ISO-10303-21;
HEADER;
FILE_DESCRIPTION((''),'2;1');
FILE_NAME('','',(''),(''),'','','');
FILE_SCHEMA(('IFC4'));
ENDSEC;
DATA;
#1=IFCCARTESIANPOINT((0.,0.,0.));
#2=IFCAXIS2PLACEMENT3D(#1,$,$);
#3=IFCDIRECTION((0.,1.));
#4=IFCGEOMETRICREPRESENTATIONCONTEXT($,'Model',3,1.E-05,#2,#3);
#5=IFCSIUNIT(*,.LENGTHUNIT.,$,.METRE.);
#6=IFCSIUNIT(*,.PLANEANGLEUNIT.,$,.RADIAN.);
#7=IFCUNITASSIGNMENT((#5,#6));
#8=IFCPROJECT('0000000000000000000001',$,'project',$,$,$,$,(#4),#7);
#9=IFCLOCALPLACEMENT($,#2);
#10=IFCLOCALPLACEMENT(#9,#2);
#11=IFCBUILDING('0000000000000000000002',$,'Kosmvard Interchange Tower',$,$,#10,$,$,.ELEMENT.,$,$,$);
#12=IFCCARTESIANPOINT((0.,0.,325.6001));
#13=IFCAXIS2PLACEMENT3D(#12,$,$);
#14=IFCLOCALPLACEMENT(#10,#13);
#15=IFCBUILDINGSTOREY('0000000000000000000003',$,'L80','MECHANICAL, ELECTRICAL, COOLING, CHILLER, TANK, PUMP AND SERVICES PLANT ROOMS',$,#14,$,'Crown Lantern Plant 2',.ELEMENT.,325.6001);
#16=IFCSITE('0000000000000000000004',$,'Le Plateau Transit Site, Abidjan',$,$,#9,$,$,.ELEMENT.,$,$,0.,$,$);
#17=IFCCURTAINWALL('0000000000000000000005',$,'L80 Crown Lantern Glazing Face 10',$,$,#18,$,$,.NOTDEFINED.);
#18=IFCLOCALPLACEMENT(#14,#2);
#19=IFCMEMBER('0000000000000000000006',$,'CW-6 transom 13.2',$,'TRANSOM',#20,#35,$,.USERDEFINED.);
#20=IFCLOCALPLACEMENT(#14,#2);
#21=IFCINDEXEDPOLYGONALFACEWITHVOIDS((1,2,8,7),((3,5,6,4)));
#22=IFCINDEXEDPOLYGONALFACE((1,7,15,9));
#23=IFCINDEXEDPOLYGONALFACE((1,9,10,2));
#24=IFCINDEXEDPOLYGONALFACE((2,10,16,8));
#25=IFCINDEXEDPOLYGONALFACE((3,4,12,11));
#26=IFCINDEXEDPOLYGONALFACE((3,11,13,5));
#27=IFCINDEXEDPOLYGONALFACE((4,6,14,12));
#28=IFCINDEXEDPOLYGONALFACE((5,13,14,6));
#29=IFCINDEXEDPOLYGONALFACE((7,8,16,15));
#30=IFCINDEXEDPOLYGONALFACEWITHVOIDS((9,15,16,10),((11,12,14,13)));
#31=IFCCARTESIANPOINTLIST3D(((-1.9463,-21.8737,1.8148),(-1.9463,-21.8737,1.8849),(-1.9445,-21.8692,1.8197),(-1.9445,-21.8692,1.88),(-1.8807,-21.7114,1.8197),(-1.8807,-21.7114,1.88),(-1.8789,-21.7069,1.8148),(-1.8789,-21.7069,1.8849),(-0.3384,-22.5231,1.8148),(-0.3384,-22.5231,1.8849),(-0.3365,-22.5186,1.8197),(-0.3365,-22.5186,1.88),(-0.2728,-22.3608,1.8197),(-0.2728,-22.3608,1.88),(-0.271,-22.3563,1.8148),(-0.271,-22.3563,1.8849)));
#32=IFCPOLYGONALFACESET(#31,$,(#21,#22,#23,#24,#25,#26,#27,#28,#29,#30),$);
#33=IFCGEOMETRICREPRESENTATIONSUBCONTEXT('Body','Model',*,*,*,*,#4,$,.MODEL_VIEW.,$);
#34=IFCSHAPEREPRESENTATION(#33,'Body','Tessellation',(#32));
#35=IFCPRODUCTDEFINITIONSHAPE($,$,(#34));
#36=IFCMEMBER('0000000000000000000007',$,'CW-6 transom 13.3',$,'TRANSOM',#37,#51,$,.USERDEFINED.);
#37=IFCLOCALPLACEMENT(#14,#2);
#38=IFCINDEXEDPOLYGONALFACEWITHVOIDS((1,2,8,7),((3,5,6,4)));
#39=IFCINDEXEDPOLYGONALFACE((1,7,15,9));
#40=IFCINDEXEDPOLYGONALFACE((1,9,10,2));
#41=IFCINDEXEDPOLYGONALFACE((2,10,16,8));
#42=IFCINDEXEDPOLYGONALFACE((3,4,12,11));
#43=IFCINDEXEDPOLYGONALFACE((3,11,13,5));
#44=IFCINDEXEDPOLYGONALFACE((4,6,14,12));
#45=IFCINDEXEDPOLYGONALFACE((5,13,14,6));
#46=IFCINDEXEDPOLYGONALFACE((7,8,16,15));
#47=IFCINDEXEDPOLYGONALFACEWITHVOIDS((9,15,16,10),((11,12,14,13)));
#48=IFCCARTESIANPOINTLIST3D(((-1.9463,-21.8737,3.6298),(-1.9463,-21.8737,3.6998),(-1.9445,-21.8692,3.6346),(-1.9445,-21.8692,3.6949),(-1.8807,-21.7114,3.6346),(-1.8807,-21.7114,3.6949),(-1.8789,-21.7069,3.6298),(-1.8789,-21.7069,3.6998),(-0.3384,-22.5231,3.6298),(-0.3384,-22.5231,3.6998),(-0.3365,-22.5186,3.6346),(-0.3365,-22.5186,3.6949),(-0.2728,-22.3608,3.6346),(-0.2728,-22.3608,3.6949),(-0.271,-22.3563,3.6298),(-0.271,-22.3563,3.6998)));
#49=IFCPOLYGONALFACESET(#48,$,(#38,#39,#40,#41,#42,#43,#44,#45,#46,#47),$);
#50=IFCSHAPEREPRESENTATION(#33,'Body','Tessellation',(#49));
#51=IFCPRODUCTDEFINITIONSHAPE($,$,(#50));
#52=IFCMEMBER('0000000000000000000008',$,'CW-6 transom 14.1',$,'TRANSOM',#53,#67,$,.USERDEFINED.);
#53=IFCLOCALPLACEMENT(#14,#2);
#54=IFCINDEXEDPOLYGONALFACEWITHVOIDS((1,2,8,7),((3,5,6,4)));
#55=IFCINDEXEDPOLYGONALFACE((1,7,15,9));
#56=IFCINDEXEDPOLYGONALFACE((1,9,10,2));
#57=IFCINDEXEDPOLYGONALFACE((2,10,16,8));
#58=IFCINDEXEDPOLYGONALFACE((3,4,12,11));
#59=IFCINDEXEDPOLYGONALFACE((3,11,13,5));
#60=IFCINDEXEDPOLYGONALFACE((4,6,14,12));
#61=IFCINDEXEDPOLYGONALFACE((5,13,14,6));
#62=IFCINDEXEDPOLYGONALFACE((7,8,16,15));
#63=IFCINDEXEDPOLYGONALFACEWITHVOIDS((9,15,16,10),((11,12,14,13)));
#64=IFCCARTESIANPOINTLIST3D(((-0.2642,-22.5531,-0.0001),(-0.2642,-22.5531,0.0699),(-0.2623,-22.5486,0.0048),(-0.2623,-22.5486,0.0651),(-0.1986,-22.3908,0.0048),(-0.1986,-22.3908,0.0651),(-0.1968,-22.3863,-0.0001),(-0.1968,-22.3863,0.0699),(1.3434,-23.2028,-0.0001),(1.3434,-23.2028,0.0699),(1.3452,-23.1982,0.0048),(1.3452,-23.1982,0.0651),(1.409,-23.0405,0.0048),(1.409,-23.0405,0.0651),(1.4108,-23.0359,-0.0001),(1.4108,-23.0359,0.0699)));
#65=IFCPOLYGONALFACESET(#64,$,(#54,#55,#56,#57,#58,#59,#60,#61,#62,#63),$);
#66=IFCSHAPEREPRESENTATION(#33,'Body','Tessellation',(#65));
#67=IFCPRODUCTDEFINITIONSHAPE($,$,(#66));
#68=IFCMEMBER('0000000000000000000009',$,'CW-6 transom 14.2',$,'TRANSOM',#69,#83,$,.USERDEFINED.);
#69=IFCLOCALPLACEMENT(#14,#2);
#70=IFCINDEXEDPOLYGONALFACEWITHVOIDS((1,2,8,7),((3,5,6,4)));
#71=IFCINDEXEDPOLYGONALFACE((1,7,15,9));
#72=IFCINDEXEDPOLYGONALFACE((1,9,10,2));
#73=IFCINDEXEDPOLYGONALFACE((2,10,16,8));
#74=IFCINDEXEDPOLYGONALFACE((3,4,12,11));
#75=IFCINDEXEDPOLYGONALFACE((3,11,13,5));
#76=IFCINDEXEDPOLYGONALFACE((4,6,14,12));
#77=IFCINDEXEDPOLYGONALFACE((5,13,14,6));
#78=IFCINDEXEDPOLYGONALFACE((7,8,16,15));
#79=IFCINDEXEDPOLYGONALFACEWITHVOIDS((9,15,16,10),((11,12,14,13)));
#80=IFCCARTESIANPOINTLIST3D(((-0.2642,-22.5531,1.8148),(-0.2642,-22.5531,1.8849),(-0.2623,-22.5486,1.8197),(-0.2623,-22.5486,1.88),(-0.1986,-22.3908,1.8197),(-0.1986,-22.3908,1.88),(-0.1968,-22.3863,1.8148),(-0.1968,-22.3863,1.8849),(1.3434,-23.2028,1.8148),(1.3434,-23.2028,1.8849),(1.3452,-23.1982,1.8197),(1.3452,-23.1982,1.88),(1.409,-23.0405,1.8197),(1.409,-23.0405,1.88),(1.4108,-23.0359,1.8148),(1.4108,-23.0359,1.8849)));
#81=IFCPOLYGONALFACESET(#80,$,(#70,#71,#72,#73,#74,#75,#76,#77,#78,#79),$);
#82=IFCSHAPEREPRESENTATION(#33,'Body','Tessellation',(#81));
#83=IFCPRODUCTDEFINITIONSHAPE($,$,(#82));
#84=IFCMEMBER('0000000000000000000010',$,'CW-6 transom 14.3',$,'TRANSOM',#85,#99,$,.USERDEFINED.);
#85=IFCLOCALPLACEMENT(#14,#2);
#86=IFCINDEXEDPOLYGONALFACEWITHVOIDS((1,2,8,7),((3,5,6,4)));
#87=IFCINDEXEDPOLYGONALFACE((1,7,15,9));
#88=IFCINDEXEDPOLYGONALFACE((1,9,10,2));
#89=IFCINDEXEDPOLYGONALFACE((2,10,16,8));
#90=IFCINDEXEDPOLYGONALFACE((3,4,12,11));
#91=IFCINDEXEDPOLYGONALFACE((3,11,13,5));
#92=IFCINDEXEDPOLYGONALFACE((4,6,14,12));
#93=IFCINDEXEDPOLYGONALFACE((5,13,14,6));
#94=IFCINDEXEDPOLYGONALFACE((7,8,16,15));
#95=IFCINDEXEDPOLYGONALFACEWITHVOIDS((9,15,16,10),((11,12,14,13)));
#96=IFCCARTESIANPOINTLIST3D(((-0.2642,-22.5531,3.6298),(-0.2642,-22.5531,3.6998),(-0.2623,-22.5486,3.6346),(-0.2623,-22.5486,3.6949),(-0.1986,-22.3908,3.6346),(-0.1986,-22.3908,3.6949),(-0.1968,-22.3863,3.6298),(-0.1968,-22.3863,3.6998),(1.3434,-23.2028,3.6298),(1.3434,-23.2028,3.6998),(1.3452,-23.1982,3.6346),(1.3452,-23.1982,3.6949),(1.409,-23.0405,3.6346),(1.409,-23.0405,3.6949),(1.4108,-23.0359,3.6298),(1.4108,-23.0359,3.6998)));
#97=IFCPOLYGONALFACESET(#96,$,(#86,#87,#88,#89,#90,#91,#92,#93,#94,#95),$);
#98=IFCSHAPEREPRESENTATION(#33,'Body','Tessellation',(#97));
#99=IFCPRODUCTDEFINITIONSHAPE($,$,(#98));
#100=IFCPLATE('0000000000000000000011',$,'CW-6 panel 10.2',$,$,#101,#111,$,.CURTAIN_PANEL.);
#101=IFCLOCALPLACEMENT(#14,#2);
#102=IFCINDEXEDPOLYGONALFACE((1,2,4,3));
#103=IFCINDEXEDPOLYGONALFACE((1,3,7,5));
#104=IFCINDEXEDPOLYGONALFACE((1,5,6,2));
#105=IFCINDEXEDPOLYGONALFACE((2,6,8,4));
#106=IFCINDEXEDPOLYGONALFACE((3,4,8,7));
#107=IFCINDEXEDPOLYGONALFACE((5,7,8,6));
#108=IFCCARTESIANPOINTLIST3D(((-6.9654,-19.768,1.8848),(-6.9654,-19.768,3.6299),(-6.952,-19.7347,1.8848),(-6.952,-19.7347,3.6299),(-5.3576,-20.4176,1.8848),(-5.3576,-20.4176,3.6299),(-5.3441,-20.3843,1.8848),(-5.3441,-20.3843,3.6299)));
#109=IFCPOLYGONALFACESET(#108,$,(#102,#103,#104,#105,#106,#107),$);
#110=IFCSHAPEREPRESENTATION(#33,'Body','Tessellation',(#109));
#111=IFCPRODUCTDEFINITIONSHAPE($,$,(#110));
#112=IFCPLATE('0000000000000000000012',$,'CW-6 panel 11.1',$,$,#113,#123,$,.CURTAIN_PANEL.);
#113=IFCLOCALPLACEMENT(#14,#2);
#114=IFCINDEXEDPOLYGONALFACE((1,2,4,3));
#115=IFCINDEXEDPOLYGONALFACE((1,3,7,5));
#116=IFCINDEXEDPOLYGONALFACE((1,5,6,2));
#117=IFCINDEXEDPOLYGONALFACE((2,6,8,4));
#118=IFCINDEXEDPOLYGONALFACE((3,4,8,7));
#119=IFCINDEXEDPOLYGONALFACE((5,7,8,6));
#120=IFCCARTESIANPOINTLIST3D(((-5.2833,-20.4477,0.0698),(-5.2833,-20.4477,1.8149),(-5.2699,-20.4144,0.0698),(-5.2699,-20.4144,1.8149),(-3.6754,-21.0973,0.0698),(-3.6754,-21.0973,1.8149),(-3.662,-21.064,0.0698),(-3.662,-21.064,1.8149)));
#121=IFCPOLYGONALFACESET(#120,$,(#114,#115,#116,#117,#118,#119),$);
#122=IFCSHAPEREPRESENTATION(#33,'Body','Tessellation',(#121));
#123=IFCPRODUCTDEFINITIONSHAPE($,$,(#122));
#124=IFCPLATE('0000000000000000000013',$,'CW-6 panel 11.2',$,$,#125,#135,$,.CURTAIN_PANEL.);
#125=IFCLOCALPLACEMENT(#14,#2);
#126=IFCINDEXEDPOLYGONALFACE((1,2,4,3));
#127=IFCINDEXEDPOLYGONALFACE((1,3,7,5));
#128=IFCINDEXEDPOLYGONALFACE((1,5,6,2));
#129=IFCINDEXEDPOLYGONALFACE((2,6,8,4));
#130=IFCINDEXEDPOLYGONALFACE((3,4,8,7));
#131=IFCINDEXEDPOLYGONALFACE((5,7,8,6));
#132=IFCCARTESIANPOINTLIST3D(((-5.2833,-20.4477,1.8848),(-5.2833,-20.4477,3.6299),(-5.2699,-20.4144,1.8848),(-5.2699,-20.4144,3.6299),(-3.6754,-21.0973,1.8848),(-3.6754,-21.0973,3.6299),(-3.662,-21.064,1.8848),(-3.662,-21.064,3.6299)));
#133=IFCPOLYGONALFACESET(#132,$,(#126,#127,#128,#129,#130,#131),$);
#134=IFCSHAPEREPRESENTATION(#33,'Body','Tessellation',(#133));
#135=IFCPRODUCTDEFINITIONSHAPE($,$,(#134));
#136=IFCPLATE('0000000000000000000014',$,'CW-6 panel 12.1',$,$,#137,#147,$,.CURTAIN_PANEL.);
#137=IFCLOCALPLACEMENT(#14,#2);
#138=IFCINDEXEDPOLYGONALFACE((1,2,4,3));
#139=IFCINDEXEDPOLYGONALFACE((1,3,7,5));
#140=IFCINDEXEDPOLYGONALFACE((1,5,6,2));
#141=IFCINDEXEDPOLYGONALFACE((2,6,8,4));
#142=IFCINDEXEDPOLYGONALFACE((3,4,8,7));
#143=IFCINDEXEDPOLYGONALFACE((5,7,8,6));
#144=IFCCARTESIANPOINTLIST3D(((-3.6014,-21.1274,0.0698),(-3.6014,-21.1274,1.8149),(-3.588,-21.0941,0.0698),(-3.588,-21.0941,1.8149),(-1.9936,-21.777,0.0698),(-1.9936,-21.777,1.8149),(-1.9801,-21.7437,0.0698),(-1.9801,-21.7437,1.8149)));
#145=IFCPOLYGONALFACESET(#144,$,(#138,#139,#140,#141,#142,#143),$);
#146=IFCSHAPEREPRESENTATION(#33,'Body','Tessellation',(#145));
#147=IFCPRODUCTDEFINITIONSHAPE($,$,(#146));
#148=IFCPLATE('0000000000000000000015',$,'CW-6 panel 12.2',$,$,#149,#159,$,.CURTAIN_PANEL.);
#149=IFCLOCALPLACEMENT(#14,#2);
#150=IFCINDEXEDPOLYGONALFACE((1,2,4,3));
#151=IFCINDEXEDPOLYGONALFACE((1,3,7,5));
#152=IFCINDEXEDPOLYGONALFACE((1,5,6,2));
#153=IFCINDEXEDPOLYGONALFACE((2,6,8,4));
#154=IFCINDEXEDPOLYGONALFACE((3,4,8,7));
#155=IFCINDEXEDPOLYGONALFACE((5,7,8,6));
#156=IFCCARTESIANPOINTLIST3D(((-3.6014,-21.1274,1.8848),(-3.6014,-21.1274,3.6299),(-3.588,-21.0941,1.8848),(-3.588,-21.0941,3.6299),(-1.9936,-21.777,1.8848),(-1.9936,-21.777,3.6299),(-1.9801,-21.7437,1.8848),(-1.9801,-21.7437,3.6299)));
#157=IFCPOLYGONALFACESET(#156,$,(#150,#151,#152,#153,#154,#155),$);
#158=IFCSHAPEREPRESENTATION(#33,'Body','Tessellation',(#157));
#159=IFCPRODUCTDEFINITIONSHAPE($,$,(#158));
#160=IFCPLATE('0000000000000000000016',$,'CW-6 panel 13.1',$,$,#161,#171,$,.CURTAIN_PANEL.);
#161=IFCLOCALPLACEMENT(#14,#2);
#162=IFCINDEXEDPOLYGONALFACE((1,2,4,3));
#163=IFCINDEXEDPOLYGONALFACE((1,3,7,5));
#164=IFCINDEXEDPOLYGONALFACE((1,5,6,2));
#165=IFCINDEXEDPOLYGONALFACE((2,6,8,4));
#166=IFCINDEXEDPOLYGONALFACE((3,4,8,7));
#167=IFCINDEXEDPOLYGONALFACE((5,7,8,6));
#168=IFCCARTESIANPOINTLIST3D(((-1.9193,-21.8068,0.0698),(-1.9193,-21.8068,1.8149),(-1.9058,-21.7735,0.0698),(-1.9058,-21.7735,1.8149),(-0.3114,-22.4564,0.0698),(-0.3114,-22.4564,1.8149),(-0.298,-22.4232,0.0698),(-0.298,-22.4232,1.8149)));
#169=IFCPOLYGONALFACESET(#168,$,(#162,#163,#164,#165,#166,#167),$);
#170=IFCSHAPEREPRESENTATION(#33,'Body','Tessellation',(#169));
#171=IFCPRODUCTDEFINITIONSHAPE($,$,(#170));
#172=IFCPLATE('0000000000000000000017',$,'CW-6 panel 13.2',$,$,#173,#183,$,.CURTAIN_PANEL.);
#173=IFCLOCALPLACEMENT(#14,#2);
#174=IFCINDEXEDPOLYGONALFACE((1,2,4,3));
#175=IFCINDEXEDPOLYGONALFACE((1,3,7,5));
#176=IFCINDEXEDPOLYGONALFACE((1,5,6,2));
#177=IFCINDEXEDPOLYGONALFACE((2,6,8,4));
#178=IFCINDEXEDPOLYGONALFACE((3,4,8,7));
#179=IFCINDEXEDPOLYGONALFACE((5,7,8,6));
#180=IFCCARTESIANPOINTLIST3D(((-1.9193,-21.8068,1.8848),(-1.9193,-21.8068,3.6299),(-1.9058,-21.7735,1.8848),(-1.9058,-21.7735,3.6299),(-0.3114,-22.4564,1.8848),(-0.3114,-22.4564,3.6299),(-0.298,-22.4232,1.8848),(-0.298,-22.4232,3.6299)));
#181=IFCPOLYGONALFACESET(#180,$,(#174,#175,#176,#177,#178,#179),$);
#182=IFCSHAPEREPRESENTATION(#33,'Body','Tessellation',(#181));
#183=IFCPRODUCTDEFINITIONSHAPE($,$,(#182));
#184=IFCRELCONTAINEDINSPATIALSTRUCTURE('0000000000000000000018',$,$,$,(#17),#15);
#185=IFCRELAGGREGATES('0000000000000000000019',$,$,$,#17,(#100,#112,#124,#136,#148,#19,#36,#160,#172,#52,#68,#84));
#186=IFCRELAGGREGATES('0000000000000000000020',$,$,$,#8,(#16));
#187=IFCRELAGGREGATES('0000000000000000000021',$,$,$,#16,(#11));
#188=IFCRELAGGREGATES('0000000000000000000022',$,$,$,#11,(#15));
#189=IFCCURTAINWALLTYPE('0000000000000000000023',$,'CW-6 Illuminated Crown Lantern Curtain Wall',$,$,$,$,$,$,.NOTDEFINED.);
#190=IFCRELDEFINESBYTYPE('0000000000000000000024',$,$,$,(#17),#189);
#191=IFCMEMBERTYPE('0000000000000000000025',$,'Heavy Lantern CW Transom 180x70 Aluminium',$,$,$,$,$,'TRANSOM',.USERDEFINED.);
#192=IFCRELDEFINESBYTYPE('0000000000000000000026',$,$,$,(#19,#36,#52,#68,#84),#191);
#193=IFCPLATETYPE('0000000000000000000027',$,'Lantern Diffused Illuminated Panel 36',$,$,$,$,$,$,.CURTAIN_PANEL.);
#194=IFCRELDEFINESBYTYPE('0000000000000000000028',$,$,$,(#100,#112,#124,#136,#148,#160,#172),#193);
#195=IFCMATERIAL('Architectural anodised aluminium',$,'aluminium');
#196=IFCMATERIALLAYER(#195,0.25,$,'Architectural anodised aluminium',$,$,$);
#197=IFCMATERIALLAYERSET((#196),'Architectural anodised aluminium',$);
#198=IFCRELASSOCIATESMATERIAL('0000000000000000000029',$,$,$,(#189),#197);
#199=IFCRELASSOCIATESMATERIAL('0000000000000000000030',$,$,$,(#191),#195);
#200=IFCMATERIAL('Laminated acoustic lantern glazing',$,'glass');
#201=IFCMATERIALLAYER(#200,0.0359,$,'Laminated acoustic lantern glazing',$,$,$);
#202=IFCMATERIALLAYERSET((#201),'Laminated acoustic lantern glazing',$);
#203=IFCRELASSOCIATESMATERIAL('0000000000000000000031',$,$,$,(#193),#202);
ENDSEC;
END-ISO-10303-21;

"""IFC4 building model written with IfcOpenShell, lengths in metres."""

from ifc_helpers import new_model, si_unit, direction, frame, origin, origin_2d, place, context, subcontext, project, spatial, rectangle, hollow_rectangle, extrude, source, transform, mapped, material, layer, layer_set, material_profile, profile_set, type_object, element, aggregate, save


model = new_model("IFC4")

# Units and contexts
model_context = context("Model", 3, precision=1e-05, world=origin(), true_north=direction((0.0, 1.0)))
body_context = subcontext(model_context, "Body", "Model", "MODEL_VIEW")
ifc_project = project(units=[si_unit("LENGTHUNIT", "METRE"), si_unit("PLANEANGLEUNIT", "RADIAN")], contexts=[model_context])

# Site, building, storey
site_placement = place(None, origin())
site = spatial("IfcSite", under=ifc_project, at=site_placement, Name="Le Plateau Transit Site, Abidjan", CompositionType="ELEMENT", RefElevation=0.0)
building_placement = place(site_placement, origin())
building = spatial("IfcBuilding", under=site, at=building_placement, Name="Kosmvard Interchange Tower", CompositionType="ELEMENT")
storey_placement = place(building_placement, frame((0.0, 0.0, 325.6001)))
storey = spatial("IfcBuildingStorey", under=building, at=storey_placement, Name="L80", Description="MECHANICAL, ELECTRICAL, COOLING, CHILLER, TANK, PUMP AND SERVICES PLANT ROOMS", LongName="Crown Lantern Plant 2", CompositionType="ELEMENT", Elevation=325.6001)

# Curtain wall, members, plates
ifc_material_1 = material(Name="Architectural anodised aluminium", Category="aluminium")
ifc_layer_1 = layer(ifc_material_1, 0.25, Name="Architectural anodised aluminium")
ifc_layer_set_1 = layer_set([ifc_layer_1], Name="Architectural anodised aluminium")
curtain_wall_type = type_object("IfcCurtainWallType", Name="CW-6 Illuminated Crown Lantern Curtain Wall", PredefinedType="NOTDEFINED", material=ifc_layer_set_1)
curtain_wall_placement = place(storey_placement, origin())
curtain_wall = element("IfcCurtainWall", 1, at=curtain_wall_placement, inside=storey, type_object=curtain_wall_type, Name="L80 Crown Lantern Glazing Face 10", PredefinedType="NOTDEFINED")
ifc_material_profile_1 = material_profile(ifc_material_1, hollow_rectangle(XDim=0.1799, YDim=0.0701, WallThickness=0.0049, at=origin_2d()), Name="CWT 180x70x5")
ifc_profile_set_1 = profile_set([ifc_material_profile_1], Name="Architectural anodised aluminium")
member_type_1 = type_object("IfcMemberType", Name="Heavy Lantern CW Transom 180x70 Aluminium", ElementType="TRANSOM", PredefinedType="USERDEFINED", material=ifc_profile_set_1)
shared_shape_1 = source(origin(), body_context, "Body", "SweptSolid", [
    extrude(hollow_rectangle(XDim=0.1799, YDim=0.0701, WallThickness=0.0049, at=origin_2d()), origin(), (0.0, 0.0, 1.0), 1.7341),
])
member_1_placement = place(storey_placement, frame((-1.9126, -21.7903, 1.8499), z_axis=(0.927229, -0.374496, 0.0), x_axis=(0.374496, 0.927229, 0.0)))
member_1 = element("IfcMember", 2, at=member_1_placement, type_object=member_type_1, Name="CW-6 transom 13.2", ObjectType="TRANSOM", PredefinedType="USERDEFINED", context=body_context, shape_type="MappedRepresentation", body=[
    mapped(shared_shape_1, transform((0.0, 0.0, 0.0), scale=1.0)),
])
member_2_placement = place(storey_placement, frame((-1.9126, -21.7903, 3.6648), z_axis=(0.927229, -0.374496, 0.0), x_axis=(0.374496, 0.927229, 0.0)))
member_2 = element("IfcMember", 3, at=member_2_placement, type_object=member_type_1, Name="CW-6 transom 13.3", ObjectType="TRANSOM", PredefinedType="USERDEFINED", context=body_context, shape_type="MappedRepresentation", body=[
    mapped(shared_shape_1, transform((0.0, 0.0, 0.0), scale=1.0)),
])
shared_shape_2 = source(origin(), body_context, "Body", "SweptSolid", [
    extrude(hollow_rectangle(XDim=0.1799, YDim=0.0701, WallThickness=0.0049, at=origin_2d()), origin(), (0.0, 0.0, 1.0), 1.7339),
])
member_3_placement = place(storey_placement, frame((-0.2305, -22.4697, 0.0349), z_axis=(0.92716, -0.374666, 0.0), x_axis=(0.374666, 0.92716, 0.0)))
member_3 = element("IfcMember", 4, at=member_3_placement, type_object=member_type_1, Name="CW-6 transom 14.1", ObjectType="TRANSOM", PredefinedType="USERDEFINED", context=body_context, shape_type="MappedRepresentation", body=[
    mapped(shared_shape_2, transform((0.0, 0.0, 0.0), scale=1.0)),
])
member_4_placement = place(storey_placement, frame((-0.2305, -22.4697, 1.8499), z_axis=(0.92716, -0.374666, 0.0), x_axis=(0.374666, 0.92716, 0.0)))
member_4 = element("IfcMember", 5, at=member_4_placement, type_object=member_type_1, Name="CW-6 transom 14.2", ObjectType="TRANSOM", PredefinedType="USERDEFINED", context=body_context, shape_type="MappedRepresentation", body=[
    mapped(shared_shape_2, transform((0.0, 0.0, 0.0), scale=1.0)),
])
member_5_placement = place(storey_placement, frame((-0.2305, -22.4697, 3.6648), z_axis=(0.92716, -0.374666, 0.0), x_axis=(0.374666, 0.92716, 0.0)))
member_5 = element("IfcMember", 6, at=member_5_placement, type_object=member_type_1, Name="CW-6 transom 14.3", ObjectType="TRANSOM", PredefinedType="USERDEFINED", context=body_context, shape_type="MappedRepresentation", body=[
    mapped(shared_shape_2, transform((0.0, 0.0, 0.0), scale=1.0)),
])
ifc_material_2 = material(Name="Laminated acoustic lantern glazing", Category="glass")
ifc_layer_2 = layer(ifc_material_2, 0.0359, Name="Laminated acoustic lantern glazing")
ifc_layer_set_2 = layer_set([ifc_layer_2], Name="Laminated acoustic lantern glazing")
plate_type = type_object("IfcPlateType", Name="Lantern Diffused Illuminated Panel 36", PredefinedType="CURTAIN_PANEL", material=ifc_layer_set_2)
shared_shape_3 = source(origin(), body_context, "Body", "SweptSolid", [
    extrude(rectangle(XDim=1.7341, YDim=0.0359, at=origin_2d()), origin(), (0.0, 0.0, 1.0), 1.7451),
])
plate_1_placement = place(storey_placement, frame((-6.1548, -20.0762, 1.8848), z_axis=(0.0, 0.0, 1.0), x_axis=(0.927184, -0.374607, 0.0)))
plate_1 = element("IfcPlate", 7, at=plate_1_placement, type_object=plate_type, Name="CW-6 panel 10.2", PredefinedType="CURTAIN_PANEL", context=body_context, shape_type="MappedRepresentation", body=[
    mapped(shared_shape_3, transform((0.0, 0.0, 0.0), scale=1.0)),
])
plate_2_placement = place(storey_placement, frame((-4.4727, -20.7559, 0.0698), z_axis=(0.0, 0.0, 1.0), x_axis=(0.927184, -0.374607, 0.0)))
plate_2 = element("IfcPlate", 8, at=plate_2_placement, type_object=plate_type, Name="CW-6 panel 11.1", PredefinedType="CURTAIN_PANEL", context=body_context, shape_type="MappedRepresentation", body=[
    mapped(shared_shape_3, transform((0.0, 0.0, 0.0), scale=1.0)),
])
plate_3_placement = place(storey_placement, frame((-4.4727, -20.7559, 1.8848), z_axis=(0.0, 0.0, 1.0), x_axis=(0.927184, -0.374607, 0.0)))
plate_3 = element("IfcPlate", 9, at=plate_3_placement, type_object=plate_type, Name="CW-6 panel 11.2", PredefinedType="CURTAIN_PANEL", context=body_context, shape_type="MappedRepresentation", body=[
    mapped(shared_shape_3, transform((0.0, 0.0, 0.0), scale=1.0)),
])
plate_4_placement = place(storey_placement, frame((-2.7908, -21.4355, 0.0698), z_axis=(0.0, 0.0, 1.0), x_axis=(0.927184, -0.374607, 0.0)))
plate_4 = element("IfcPlate", 10, at=plate_4_placement, type_object=plate_type, Name="CW-6 panel 12.1", PredefinedType="CURTAIN_PANEL", context=body_context, shape_type="MappedRepresentation", body=[
    mapped(shared_shape_3, transform((0.0, 0.0, 0.0), scale=1.0)),
])
plate_5_placement = place(storey_placement, frame((-2.7908, -21.4355, 1.8848), z_axis=(0.0, 0.0, 1.0), x_axis=(0.927184, -0.374607, 0.0)))
plate_5 = element("IfcPlate", 11, at=plate_5_placement, type_object=plate_type, Name="CW-6 panel 12.2", PredefinedType="CURTAIN_PANEL", context=body_context, shape_type="MappedRepresentation", body=[
    mapped(shared_shape_3, transform((0.0, 0.0, 0.0), scale=1.0)),
])
plate_6_placement = place(storey_placement, frame((-1.1086, -22.115, 0.0698), z_axis=(0.0, 0.0, 1.0), x_axis=(0.927184, -0.374607, 0.0)))
plate_6 = element("IfcPlate", 12, at=plate_6_placement, type_object=plate_type, Name="CW-6 panel 13.1", PredefinedType="CURTAIN_PANEL", context=body_context, shape_type="MappedRepresentation", body=[
    mapped(shared_shape_3, transform((0.0, 0.0, 0.0), scale=1.0)),
])
plate_7_placement = place(storey_placement, frame((-1.1086, -22.115, 1.8848), z_axis=(0.0, 0.0, 1.0), x_axis=(0.927184, -0.374607, 0.0)))
plate_7 = element("IfcPlate", 13, at=plate_7_placement, type_object=plate_type, Name="CW-6 panel 13.2", PredefinedType="CURTAIN_PANEL", context=body_context, shape_type="MappedRepresentation", body=[
    mapped(shared_shape_3, transform((0.0, 0.0, 0.0), scale=1.0)),
])
aggregate(curtain_wall, [plate_1, plate_2, plate_3, plate_4, plate_5, member_1, member_2, plate_6, plate_7, member_3, member_4, member_5])

save(model, "model.ifc")
